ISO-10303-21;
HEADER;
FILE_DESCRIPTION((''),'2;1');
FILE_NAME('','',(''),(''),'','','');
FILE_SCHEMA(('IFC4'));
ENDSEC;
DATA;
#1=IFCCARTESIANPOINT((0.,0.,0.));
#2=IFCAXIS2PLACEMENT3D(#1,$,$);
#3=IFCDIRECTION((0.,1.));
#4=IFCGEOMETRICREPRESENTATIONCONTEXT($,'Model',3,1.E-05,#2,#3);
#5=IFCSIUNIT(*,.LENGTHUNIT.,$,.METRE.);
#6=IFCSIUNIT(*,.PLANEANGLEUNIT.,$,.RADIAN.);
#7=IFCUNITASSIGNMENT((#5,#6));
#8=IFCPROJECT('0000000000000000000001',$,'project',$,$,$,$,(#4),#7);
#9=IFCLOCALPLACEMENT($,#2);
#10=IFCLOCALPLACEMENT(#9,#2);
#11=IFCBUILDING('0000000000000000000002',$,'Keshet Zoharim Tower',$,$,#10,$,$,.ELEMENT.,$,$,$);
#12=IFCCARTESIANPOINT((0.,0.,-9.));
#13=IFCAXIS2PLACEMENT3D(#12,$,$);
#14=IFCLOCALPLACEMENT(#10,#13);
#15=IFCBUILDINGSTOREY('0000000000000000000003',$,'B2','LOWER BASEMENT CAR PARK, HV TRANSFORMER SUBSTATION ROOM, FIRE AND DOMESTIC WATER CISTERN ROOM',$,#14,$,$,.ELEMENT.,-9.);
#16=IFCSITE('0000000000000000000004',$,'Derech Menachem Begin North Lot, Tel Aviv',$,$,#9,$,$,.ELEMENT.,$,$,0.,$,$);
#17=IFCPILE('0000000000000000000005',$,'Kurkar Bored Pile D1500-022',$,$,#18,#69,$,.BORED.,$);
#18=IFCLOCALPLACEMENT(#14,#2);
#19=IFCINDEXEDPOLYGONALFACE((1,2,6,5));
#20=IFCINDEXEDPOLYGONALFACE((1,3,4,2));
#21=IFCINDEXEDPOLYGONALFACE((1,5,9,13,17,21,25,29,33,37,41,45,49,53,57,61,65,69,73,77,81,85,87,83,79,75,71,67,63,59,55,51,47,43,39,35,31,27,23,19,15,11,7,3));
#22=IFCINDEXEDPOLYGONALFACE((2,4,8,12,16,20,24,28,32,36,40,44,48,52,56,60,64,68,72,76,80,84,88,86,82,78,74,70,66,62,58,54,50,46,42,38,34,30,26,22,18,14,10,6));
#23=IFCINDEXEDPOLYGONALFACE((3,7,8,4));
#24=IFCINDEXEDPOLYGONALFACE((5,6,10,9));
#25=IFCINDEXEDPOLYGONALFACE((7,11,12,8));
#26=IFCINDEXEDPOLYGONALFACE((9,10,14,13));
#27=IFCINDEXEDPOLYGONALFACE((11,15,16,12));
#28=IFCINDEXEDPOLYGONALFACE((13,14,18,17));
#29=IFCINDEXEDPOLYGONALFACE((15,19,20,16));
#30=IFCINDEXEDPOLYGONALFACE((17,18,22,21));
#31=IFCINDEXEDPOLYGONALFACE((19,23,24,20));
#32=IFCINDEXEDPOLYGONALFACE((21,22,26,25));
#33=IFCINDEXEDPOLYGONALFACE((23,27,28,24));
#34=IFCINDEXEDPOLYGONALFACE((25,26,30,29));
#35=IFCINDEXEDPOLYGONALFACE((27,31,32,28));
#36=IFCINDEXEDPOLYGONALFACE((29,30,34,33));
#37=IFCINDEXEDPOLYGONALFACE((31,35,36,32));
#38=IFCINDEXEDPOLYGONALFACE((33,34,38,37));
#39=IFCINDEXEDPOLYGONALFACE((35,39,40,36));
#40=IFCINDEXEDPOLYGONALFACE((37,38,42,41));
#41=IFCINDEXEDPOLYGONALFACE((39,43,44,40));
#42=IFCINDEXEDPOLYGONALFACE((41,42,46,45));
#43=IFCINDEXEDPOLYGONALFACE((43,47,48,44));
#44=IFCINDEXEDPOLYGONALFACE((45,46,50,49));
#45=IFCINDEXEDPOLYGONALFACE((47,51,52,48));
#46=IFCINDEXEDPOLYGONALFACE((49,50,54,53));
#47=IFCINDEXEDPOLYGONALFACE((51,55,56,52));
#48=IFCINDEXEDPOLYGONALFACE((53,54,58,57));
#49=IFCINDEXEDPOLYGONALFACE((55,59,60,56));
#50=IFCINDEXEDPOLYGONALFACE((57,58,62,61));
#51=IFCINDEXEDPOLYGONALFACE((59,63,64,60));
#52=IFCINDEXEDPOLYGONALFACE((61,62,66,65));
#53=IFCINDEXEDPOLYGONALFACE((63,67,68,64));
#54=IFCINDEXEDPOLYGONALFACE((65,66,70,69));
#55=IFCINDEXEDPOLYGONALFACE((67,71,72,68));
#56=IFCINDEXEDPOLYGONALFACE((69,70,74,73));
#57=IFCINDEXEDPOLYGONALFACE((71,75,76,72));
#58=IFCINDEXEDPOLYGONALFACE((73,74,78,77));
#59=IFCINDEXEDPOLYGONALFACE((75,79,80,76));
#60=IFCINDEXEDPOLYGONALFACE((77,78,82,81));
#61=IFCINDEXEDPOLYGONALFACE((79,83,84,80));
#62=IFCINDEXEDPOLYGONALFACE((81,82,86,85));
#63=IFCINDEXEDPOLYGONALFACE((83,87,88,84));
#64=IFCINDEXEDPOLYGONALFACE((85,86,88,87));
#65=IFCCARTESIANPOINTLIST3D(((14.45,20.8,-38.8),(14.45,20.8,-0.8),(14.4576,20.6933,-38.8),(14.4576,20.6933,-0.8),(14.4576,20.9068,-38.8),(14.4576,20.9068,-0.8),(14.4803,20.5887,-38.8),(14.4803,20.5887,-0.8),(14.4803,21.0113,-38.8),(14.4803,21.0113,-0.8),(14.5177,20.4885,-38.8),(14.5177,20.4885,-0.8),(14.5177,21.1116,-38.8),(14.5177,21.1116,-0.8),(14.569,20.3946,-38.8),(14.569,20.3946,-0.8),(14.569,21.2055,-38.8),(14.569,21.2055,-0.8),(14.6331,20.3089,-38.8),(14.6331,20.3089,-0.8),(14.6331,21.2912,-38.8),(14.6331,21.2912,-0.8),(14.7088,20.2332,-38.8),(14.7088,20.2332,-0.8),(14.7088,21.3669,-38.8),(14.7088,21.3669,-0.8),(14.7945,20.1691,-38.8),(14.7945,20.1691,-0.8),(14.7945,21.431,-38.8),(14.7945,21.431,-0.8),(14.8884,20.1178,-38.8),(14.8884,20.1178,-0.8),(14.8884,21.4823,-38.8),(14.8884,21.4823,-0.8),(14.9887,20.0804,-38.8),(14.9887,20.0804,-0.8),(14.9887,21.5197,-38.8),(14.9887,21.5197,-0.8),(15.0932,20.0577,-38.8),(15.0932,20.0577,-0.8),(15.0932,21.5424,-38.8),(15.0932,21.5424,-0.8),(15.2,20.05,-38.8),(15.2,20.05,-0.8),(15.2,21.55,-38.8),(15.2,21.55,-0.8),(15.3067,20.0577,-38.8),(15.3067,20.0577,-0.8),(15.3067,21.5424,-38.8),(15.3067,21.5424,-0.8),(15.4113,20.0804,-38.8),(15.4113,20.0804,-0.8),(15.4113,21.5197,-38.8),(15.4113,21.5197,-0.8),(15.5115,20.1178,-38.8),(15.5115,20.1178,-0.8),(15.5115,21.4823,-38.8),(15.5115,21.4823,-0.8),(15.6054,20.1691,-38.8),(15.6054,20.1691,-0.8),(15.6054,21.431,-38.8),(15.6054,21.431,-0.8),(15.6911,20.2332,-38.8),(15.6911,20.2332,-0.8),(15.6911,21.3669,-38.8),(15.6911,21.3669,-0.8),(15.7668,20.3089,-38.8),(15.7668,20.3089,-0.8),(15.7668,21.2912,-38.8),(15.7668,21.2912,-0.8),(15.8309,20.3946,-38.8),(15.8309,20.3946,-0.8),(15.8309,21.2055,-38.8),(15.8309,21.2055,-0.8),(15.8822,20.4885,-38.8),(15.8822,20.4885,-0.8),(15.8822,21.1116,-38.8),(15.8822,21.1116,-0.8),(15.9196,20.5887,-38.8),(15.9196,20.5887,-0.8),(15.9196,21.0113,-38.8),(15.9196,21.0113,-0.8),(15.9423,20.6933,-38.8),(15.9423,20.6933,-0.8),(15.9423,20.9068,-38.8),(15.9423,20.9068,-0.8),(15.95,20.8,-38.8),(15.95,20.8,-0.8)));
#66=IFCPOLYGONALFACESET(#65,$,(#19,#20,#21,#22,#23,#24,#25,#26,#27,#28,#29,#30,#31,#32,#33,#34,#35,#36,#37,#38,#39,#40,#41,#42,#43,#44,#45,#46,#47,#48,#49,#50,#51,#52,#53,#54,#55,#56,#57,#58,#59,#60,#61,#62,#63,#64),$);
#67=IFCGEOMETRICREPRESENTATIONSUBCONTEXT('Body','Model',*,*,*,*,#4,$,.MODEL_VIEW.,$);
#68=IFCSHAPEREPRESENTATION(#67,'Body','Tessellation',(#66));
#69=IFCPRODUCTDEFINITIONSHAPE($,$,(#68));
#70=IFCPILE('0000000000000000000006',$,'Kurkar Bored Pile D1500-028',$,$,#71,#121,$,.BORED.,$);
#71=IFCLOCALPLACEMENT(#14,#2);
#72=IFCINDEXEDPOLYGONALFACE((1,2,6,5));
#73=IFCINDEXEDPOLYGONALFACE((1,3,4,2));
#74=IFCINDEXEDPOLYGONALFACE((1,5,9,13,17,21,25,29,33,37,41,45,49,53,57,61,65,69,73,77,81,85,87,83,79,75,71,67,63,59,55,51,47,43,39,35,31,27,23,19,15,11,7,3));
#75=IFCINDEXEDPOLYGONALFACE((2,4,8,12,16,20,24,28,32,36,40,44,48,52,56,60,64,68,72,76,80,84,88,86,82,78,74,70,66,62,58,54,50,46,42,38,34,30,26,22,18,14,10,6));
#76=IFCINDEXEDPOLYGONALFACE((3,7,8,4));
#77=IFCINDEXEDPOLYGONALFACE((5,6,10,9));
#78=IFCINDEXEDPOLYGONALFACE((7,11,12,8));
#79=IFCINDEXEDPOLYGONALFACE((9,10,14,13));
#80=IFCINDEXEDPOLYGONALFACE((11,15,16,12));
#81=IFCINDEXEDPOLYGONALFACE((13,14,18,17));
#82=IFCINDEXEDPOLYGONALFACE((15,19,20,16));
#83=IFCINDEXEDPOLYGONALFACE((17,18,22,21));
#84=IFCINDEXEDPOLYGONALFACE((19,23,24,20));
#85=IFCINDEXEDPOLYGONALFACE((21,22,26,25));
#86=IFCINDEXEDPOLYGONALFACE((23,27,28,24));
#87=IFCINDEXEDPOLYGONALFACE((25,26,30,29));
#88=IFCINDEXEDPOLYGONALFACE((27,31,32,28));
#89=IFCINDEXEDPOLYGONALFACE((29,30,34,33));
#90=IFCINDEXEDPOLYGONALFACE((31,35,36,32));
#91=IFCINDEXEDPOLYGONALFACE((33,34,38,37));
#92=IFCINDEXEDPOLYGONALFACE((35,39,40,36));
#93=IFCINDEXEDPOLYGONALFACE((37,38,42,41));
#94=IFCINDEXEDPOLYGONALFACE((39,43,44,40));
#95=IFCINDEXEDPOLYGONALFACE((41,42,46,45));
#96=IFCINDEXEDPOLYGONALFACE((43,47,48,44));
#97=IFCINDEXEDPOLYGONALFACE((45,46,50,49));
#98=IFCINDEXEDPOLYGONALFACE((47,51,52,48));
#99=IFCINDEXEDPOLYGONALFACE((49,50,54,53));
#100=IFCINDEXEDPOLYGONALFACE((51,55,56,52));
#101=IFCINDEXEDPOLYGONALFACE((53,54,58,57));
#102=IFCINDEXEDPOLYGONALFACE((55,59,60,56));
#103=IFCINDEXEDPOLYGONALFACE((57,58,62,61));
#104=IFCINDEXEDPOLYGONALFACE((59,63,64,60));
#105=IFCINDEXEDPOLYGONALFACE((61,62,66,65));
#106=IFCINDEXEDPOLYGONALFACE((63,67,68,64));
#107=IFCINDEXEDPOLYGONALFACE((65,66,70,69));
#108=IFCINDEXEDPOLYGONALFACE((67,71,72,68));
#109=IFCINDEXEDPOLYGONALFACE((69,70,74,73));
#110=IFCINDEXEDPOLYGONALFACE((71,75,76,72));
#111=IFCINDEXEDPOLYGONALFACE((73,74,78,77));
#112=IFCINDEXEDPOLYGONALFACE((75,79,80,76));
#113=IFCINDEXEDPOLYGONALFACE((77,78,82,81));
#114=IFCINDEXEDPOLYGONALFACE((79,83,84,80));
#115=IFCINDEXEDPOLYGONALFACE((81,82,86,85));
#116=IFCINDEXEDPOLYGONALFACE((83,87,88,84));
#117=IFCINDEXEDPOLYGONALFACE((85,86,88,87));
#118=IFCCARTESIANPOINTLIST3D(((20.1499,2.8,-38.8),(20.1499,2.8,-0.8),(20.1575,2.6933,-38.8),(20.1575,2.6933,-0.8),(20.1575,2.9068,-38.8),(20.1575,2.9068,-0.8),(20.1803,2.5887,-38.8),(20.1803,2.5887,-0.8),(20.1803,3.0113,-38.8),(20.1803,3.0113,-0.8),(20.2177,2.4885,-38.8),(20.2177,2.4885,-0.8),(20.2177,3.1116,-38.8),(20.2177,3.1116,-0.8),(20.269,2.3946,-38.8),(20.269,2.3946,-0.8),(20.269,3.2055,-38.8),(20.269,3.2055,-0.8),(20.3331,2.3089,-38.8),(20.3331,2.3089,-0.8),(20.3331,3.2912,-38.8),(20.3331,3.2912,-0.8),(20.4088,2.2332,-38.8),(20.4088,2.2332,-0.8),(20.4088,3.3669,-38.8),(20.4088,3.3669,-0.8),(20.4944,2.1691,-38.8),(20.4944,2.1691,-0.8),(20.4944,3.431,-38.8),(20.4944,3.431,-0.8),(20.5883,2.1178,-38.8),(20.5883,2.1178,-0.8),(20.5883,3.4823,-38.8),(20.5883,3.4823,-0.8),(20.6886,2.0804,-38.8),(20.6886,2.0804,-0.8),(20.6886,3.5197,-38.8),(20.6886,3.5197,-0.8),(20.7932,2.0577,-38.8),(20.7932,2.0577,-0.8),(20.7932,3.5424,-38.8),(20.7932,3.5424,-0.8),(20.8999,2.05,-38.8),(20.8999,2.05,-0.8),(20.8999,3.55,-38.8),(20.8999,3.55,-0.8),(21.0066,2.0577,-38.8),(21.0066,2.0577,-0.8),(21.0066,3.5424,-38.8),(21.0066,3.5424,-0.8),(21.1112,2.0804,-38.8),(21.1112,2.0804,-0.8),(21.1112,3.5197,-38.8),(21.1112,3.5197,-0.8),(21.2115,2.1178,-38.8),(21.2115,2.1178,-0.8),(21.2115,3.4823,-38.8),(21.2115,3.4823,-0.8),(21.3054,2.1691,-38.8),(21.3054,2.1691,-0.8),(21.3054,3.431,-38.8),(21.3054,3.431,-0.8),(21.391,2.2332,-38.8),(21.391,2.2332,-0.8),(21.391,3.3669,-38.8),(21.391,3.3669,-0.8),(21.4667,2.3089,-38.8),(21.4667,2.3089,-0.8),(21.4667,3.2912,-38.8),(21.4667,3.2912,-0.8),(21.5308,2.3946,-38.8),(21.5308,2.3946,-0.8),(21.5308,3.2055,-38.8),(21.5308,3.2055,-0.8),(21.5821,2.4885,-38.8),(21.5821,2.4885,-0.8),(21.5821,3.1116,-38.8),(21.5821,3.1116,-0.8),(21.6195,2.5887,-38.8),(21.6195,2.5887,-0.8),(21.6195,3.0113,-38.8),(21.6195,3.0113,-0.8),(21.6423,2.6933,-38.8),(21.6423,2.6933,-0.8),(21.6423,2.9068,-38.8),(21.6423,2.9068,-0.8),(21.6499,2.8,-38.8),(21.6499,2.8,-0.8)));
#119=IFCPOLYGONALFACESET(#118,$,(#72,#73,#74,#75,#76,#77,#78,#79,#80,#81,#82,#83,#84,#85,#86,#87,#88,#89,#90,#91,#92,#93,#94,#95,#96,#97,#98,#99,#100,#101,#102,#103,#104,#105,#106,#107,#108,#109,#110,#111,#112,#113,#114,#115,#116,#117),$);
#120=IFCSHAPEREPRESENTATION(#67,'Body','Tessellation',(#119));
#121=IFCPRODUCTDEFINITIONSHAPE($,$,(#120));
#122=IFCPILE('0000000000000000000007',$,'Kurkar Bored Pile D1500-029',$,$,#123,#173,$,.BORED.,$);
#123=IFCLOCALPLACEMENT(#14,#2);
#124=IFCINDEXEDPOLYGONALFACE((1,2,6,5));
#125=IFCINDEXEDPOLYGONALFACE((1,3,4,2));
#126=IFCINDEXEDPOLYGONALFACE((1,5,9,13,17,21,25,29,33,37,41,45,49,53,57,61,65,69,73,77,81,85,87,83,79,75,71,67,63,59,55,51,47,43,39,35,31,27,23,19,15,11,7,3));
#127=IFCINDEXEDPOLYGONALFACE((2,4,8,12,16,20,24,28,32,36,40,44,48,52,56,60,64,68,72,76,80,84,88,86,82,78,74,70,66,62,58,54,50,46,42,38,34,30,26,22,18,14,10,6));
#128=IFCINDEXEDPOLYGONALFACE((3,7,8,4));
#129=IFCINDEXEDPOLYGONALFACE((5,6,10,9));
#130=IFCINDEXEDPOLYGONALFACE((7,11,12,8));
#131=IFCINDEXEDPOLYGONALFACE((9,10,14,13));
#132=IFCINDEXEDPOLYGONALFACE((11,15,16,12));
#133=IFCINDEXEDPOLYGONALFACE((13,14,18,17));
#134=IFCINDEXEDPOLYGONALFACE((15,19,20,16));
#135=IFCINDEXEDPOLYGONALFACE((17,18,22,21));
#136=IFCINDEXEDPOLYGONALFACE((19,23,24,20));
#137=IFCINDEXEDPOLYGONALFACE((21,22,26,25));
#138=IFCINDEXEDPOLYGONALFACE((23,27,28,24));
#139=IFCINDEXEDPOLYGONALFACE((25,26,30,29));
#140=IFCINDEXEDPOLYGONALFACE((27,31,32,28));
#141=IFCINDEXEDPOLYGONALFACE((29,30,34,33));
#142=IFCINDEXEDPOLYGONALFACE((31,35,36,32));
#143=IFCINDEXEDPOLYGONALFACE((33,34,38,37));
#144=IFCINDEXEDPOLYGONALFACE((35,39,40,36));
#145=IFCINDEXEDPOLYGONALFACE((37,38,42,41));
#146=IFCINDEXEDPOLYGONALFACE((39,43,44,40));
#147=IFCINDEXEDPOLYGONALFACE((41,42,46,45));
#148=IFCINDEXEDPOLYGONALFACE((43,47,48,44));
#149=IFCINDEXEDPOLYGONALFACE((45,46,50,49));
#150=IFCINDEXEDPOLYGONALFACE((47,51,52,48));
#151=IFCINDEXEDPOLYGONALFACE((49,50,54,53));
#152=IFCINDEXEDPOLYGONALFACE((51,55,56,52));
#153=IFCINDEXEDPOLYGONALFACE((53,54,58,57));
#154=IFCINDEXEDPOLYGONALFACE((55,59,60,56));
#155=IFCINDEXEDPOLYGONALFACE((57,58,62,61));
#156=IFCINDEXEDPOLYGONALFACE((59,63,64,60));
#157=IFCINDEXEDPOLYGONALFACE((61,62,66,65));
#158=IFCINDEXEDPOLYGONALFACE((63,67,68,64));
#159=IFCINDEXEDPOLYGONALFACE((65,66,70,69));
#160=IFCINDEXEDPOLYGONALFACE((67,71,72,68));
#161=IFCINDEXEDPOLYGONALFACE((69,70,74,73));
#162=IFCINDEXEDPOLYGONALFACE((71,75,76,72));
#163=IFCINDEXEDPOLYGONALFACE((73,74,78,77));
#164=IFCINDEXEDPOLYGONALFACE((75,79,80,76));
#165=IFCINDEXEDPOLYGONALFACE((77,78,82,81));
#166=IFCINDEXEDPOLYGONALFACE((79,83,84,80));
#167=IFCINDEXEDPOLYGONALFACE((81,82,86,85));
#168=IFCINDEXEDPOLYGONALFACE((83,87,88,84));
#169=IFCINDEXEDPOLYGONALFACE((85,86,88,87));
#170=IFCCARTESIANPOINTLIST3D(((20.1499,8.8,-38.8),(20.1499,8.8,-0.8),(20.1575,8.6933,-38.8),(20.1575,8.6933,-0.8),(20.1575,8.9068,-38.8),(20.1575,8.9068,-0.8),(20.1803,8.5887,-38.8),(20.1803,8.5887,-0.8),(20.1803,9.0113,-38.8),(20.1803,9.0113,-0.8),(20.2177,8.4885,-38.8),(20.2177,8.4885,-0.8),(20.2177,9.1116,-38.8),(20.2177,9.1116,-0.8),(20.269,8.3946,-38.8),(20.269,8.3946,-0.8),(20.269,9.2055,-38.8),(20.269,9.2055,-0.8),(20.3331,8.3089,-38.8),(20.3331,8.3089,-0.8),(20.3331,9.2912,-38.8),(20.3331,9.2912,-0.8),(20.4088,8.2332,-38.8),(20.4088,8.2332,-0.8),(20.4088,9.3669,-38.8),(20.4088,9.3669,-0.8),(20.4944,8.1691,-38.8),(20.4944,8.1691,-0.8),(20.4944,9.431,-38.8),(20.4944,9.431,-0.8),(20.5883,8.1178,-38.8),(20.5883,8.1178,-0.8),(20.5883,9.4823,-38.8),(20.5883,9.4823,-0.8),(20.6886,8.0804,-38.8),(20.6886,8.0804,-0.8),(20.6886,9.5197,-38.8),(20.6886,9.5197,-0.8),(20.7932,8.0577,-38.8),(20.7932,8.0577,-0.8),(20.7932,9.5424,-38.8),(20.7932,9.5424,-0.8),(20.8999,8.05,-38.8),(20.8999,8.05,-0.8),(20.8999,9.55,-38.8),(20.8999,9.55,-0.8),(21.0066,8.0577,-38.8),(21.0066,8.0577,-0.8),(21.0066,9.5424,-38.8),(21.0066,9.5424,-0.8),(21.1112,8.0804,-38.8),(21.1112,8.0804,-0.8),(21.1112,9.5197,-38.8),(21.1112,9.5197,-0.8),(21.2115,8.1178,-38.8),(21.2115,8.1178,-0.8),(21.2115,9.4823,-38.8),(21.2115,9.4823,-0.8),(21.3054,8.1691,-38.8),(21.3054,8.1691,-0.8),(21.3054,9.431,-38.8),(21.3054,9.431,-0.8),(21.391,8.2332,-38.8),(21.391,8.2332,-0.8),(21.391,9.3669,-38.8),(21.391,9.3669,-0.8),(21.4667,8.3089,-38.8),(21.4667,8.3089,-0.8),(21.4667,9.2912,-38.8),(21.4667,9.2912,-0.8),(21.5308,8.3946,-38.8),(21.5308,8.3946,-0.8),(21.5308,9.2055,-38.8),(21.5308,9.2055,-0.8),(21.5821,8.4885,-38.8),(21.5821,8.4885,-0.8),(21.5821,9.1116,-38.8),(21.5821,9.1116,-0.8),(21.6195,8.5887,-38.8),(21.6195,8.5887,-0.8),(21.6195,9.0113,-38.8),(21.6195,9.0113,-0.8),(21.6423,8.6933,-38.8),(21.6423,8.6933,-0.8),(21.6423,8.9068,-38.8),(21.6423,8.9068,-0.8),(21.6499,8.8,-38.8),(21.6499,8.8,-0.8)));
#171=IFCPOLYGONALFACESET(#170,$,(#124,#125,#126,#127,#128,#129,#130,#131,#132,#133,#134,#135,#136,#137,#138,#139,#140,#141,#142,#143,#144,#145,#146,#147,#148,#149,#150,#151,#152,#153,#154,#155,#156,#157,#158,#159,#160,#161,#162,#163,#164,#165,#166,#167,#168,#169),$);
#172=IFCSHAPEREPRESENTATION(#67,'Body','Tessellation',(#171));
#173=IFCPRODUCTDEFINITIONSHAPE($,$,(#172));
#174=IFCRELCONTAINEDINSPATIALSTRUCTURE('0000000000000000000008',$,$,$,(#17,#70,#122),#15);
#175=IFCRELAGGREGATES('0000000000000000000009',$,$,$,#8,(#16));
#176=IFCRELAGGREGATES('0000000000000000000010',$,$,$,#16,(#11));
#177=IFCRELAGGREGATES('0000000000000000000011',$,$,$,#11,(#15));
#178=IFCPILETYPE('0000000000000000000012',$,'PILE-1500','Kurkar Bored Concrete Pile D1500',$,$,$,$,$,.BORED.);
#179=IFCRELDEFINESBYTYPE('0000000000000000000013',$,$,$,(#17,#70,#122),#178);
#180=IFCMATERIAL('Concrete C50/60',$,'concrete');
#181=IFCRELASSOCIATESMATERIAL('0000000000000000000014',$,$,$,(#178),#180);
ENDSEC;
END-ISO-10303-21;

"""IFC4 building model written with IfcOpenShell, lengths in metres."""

from ifc_helpers import new_model, si_unit, direction, frame, origin, origin_2d, place, context, subcontext, project, spatial, circle, extrude, material, material_profile, profile_set, type_object, element, save


model = new_model("IFC4")

# Units and contexts
model_context = context("Model", 3, precision=1e-05, world=origin(), true_north=direction((0.0, 1.0)))
body_context = subcontext(model_context, "Body", "Model", "MODEL_VIEW")
ifc_project = project(units=[si_unit("LENGTHUNIT", "METRE"), si_unit("PLANEANGLEUNIT", "RADIAN")], contexts=[model_context])

# Site, building, storey
site_placement = place(None, origin())
site = spatial("IfcSite", under=ifc_project, at=site_placement, Name="Derech Menachem Begin North Lot, Tel Aviv", CompositionType="ELEMENT", RefElevation=0.0)
building_placement = place(site_placement, origin())
building = spatial("IfcBuilding", under=site, at=building_placement, Name="Keshet Zoharim Tower", CompositionType="ELEMENT")
storey_placement = place(building_placement, frame((0.0, 0.0, -9.0)))
storey = spatial("IfcBuildingStorey", under=building, at=storey_placement, Name="B2", Description="LOWER BASEMENT CAR PARK, HV TRANSFORMER SUBSTATION ROOM, FIRE AND DOMESTIC WATER CISTERN ROOM", CompositionType="ELEMENT", Elevation=-9.0)

# Piles
ifc_material_1 = material(Name="Concrete C50/60", Category="concrete")
ifc_material_profile_1 = material_profile(ifc_material_1, circle(Radius=0.75, at=origin_2d()), Name="PILE-D1500")
ifc_profile_set_1 = profile_set([ifc_material_profile_1], Name="Concrete C50/60")
pile_type = type_object("IfcPileType", Name="PILE-1500", Description="Kurkar Bored Concrete Pile D1500", PredefinedType="BORED", material=ifc_profile_set_1)
for number, where, z_axis, x_axis, name in (
    (1, (15.2, 20.8, -0.8), (0.0, 0.0, -1.0), (1.0, 0.0, 0.0), "Kurkar Bored Pile D1500-022"),
    (2, (20.8999, 2.8, -0.8), (0.0, 0.0, -1.0), (1.0, 0.0, 0.0), "Kurkar Bored Pile D1500-028"),
    (3, (20.8999, 8.8, -0.8), (0.0, 0.0, -1.0), (1.0, 0.0, 0.0), "Kurkar Bored Pile D1500-029"),
):
    element("IfcPile", number, at=place(storey_placement, frame(where, z_axis=z_axis, x_axis=x_axis)), inside=storey, type_object=pile_type, Name=name, PredefinedType="BORED", context=body_context, shape_type="SweptSolid", body=[
        extrude(circle(Radius=0.75, at=origin_2d()), origin(), (0.0, 0.0, 1.0), 38.0),
    ])

save(model, "model.ifc")
